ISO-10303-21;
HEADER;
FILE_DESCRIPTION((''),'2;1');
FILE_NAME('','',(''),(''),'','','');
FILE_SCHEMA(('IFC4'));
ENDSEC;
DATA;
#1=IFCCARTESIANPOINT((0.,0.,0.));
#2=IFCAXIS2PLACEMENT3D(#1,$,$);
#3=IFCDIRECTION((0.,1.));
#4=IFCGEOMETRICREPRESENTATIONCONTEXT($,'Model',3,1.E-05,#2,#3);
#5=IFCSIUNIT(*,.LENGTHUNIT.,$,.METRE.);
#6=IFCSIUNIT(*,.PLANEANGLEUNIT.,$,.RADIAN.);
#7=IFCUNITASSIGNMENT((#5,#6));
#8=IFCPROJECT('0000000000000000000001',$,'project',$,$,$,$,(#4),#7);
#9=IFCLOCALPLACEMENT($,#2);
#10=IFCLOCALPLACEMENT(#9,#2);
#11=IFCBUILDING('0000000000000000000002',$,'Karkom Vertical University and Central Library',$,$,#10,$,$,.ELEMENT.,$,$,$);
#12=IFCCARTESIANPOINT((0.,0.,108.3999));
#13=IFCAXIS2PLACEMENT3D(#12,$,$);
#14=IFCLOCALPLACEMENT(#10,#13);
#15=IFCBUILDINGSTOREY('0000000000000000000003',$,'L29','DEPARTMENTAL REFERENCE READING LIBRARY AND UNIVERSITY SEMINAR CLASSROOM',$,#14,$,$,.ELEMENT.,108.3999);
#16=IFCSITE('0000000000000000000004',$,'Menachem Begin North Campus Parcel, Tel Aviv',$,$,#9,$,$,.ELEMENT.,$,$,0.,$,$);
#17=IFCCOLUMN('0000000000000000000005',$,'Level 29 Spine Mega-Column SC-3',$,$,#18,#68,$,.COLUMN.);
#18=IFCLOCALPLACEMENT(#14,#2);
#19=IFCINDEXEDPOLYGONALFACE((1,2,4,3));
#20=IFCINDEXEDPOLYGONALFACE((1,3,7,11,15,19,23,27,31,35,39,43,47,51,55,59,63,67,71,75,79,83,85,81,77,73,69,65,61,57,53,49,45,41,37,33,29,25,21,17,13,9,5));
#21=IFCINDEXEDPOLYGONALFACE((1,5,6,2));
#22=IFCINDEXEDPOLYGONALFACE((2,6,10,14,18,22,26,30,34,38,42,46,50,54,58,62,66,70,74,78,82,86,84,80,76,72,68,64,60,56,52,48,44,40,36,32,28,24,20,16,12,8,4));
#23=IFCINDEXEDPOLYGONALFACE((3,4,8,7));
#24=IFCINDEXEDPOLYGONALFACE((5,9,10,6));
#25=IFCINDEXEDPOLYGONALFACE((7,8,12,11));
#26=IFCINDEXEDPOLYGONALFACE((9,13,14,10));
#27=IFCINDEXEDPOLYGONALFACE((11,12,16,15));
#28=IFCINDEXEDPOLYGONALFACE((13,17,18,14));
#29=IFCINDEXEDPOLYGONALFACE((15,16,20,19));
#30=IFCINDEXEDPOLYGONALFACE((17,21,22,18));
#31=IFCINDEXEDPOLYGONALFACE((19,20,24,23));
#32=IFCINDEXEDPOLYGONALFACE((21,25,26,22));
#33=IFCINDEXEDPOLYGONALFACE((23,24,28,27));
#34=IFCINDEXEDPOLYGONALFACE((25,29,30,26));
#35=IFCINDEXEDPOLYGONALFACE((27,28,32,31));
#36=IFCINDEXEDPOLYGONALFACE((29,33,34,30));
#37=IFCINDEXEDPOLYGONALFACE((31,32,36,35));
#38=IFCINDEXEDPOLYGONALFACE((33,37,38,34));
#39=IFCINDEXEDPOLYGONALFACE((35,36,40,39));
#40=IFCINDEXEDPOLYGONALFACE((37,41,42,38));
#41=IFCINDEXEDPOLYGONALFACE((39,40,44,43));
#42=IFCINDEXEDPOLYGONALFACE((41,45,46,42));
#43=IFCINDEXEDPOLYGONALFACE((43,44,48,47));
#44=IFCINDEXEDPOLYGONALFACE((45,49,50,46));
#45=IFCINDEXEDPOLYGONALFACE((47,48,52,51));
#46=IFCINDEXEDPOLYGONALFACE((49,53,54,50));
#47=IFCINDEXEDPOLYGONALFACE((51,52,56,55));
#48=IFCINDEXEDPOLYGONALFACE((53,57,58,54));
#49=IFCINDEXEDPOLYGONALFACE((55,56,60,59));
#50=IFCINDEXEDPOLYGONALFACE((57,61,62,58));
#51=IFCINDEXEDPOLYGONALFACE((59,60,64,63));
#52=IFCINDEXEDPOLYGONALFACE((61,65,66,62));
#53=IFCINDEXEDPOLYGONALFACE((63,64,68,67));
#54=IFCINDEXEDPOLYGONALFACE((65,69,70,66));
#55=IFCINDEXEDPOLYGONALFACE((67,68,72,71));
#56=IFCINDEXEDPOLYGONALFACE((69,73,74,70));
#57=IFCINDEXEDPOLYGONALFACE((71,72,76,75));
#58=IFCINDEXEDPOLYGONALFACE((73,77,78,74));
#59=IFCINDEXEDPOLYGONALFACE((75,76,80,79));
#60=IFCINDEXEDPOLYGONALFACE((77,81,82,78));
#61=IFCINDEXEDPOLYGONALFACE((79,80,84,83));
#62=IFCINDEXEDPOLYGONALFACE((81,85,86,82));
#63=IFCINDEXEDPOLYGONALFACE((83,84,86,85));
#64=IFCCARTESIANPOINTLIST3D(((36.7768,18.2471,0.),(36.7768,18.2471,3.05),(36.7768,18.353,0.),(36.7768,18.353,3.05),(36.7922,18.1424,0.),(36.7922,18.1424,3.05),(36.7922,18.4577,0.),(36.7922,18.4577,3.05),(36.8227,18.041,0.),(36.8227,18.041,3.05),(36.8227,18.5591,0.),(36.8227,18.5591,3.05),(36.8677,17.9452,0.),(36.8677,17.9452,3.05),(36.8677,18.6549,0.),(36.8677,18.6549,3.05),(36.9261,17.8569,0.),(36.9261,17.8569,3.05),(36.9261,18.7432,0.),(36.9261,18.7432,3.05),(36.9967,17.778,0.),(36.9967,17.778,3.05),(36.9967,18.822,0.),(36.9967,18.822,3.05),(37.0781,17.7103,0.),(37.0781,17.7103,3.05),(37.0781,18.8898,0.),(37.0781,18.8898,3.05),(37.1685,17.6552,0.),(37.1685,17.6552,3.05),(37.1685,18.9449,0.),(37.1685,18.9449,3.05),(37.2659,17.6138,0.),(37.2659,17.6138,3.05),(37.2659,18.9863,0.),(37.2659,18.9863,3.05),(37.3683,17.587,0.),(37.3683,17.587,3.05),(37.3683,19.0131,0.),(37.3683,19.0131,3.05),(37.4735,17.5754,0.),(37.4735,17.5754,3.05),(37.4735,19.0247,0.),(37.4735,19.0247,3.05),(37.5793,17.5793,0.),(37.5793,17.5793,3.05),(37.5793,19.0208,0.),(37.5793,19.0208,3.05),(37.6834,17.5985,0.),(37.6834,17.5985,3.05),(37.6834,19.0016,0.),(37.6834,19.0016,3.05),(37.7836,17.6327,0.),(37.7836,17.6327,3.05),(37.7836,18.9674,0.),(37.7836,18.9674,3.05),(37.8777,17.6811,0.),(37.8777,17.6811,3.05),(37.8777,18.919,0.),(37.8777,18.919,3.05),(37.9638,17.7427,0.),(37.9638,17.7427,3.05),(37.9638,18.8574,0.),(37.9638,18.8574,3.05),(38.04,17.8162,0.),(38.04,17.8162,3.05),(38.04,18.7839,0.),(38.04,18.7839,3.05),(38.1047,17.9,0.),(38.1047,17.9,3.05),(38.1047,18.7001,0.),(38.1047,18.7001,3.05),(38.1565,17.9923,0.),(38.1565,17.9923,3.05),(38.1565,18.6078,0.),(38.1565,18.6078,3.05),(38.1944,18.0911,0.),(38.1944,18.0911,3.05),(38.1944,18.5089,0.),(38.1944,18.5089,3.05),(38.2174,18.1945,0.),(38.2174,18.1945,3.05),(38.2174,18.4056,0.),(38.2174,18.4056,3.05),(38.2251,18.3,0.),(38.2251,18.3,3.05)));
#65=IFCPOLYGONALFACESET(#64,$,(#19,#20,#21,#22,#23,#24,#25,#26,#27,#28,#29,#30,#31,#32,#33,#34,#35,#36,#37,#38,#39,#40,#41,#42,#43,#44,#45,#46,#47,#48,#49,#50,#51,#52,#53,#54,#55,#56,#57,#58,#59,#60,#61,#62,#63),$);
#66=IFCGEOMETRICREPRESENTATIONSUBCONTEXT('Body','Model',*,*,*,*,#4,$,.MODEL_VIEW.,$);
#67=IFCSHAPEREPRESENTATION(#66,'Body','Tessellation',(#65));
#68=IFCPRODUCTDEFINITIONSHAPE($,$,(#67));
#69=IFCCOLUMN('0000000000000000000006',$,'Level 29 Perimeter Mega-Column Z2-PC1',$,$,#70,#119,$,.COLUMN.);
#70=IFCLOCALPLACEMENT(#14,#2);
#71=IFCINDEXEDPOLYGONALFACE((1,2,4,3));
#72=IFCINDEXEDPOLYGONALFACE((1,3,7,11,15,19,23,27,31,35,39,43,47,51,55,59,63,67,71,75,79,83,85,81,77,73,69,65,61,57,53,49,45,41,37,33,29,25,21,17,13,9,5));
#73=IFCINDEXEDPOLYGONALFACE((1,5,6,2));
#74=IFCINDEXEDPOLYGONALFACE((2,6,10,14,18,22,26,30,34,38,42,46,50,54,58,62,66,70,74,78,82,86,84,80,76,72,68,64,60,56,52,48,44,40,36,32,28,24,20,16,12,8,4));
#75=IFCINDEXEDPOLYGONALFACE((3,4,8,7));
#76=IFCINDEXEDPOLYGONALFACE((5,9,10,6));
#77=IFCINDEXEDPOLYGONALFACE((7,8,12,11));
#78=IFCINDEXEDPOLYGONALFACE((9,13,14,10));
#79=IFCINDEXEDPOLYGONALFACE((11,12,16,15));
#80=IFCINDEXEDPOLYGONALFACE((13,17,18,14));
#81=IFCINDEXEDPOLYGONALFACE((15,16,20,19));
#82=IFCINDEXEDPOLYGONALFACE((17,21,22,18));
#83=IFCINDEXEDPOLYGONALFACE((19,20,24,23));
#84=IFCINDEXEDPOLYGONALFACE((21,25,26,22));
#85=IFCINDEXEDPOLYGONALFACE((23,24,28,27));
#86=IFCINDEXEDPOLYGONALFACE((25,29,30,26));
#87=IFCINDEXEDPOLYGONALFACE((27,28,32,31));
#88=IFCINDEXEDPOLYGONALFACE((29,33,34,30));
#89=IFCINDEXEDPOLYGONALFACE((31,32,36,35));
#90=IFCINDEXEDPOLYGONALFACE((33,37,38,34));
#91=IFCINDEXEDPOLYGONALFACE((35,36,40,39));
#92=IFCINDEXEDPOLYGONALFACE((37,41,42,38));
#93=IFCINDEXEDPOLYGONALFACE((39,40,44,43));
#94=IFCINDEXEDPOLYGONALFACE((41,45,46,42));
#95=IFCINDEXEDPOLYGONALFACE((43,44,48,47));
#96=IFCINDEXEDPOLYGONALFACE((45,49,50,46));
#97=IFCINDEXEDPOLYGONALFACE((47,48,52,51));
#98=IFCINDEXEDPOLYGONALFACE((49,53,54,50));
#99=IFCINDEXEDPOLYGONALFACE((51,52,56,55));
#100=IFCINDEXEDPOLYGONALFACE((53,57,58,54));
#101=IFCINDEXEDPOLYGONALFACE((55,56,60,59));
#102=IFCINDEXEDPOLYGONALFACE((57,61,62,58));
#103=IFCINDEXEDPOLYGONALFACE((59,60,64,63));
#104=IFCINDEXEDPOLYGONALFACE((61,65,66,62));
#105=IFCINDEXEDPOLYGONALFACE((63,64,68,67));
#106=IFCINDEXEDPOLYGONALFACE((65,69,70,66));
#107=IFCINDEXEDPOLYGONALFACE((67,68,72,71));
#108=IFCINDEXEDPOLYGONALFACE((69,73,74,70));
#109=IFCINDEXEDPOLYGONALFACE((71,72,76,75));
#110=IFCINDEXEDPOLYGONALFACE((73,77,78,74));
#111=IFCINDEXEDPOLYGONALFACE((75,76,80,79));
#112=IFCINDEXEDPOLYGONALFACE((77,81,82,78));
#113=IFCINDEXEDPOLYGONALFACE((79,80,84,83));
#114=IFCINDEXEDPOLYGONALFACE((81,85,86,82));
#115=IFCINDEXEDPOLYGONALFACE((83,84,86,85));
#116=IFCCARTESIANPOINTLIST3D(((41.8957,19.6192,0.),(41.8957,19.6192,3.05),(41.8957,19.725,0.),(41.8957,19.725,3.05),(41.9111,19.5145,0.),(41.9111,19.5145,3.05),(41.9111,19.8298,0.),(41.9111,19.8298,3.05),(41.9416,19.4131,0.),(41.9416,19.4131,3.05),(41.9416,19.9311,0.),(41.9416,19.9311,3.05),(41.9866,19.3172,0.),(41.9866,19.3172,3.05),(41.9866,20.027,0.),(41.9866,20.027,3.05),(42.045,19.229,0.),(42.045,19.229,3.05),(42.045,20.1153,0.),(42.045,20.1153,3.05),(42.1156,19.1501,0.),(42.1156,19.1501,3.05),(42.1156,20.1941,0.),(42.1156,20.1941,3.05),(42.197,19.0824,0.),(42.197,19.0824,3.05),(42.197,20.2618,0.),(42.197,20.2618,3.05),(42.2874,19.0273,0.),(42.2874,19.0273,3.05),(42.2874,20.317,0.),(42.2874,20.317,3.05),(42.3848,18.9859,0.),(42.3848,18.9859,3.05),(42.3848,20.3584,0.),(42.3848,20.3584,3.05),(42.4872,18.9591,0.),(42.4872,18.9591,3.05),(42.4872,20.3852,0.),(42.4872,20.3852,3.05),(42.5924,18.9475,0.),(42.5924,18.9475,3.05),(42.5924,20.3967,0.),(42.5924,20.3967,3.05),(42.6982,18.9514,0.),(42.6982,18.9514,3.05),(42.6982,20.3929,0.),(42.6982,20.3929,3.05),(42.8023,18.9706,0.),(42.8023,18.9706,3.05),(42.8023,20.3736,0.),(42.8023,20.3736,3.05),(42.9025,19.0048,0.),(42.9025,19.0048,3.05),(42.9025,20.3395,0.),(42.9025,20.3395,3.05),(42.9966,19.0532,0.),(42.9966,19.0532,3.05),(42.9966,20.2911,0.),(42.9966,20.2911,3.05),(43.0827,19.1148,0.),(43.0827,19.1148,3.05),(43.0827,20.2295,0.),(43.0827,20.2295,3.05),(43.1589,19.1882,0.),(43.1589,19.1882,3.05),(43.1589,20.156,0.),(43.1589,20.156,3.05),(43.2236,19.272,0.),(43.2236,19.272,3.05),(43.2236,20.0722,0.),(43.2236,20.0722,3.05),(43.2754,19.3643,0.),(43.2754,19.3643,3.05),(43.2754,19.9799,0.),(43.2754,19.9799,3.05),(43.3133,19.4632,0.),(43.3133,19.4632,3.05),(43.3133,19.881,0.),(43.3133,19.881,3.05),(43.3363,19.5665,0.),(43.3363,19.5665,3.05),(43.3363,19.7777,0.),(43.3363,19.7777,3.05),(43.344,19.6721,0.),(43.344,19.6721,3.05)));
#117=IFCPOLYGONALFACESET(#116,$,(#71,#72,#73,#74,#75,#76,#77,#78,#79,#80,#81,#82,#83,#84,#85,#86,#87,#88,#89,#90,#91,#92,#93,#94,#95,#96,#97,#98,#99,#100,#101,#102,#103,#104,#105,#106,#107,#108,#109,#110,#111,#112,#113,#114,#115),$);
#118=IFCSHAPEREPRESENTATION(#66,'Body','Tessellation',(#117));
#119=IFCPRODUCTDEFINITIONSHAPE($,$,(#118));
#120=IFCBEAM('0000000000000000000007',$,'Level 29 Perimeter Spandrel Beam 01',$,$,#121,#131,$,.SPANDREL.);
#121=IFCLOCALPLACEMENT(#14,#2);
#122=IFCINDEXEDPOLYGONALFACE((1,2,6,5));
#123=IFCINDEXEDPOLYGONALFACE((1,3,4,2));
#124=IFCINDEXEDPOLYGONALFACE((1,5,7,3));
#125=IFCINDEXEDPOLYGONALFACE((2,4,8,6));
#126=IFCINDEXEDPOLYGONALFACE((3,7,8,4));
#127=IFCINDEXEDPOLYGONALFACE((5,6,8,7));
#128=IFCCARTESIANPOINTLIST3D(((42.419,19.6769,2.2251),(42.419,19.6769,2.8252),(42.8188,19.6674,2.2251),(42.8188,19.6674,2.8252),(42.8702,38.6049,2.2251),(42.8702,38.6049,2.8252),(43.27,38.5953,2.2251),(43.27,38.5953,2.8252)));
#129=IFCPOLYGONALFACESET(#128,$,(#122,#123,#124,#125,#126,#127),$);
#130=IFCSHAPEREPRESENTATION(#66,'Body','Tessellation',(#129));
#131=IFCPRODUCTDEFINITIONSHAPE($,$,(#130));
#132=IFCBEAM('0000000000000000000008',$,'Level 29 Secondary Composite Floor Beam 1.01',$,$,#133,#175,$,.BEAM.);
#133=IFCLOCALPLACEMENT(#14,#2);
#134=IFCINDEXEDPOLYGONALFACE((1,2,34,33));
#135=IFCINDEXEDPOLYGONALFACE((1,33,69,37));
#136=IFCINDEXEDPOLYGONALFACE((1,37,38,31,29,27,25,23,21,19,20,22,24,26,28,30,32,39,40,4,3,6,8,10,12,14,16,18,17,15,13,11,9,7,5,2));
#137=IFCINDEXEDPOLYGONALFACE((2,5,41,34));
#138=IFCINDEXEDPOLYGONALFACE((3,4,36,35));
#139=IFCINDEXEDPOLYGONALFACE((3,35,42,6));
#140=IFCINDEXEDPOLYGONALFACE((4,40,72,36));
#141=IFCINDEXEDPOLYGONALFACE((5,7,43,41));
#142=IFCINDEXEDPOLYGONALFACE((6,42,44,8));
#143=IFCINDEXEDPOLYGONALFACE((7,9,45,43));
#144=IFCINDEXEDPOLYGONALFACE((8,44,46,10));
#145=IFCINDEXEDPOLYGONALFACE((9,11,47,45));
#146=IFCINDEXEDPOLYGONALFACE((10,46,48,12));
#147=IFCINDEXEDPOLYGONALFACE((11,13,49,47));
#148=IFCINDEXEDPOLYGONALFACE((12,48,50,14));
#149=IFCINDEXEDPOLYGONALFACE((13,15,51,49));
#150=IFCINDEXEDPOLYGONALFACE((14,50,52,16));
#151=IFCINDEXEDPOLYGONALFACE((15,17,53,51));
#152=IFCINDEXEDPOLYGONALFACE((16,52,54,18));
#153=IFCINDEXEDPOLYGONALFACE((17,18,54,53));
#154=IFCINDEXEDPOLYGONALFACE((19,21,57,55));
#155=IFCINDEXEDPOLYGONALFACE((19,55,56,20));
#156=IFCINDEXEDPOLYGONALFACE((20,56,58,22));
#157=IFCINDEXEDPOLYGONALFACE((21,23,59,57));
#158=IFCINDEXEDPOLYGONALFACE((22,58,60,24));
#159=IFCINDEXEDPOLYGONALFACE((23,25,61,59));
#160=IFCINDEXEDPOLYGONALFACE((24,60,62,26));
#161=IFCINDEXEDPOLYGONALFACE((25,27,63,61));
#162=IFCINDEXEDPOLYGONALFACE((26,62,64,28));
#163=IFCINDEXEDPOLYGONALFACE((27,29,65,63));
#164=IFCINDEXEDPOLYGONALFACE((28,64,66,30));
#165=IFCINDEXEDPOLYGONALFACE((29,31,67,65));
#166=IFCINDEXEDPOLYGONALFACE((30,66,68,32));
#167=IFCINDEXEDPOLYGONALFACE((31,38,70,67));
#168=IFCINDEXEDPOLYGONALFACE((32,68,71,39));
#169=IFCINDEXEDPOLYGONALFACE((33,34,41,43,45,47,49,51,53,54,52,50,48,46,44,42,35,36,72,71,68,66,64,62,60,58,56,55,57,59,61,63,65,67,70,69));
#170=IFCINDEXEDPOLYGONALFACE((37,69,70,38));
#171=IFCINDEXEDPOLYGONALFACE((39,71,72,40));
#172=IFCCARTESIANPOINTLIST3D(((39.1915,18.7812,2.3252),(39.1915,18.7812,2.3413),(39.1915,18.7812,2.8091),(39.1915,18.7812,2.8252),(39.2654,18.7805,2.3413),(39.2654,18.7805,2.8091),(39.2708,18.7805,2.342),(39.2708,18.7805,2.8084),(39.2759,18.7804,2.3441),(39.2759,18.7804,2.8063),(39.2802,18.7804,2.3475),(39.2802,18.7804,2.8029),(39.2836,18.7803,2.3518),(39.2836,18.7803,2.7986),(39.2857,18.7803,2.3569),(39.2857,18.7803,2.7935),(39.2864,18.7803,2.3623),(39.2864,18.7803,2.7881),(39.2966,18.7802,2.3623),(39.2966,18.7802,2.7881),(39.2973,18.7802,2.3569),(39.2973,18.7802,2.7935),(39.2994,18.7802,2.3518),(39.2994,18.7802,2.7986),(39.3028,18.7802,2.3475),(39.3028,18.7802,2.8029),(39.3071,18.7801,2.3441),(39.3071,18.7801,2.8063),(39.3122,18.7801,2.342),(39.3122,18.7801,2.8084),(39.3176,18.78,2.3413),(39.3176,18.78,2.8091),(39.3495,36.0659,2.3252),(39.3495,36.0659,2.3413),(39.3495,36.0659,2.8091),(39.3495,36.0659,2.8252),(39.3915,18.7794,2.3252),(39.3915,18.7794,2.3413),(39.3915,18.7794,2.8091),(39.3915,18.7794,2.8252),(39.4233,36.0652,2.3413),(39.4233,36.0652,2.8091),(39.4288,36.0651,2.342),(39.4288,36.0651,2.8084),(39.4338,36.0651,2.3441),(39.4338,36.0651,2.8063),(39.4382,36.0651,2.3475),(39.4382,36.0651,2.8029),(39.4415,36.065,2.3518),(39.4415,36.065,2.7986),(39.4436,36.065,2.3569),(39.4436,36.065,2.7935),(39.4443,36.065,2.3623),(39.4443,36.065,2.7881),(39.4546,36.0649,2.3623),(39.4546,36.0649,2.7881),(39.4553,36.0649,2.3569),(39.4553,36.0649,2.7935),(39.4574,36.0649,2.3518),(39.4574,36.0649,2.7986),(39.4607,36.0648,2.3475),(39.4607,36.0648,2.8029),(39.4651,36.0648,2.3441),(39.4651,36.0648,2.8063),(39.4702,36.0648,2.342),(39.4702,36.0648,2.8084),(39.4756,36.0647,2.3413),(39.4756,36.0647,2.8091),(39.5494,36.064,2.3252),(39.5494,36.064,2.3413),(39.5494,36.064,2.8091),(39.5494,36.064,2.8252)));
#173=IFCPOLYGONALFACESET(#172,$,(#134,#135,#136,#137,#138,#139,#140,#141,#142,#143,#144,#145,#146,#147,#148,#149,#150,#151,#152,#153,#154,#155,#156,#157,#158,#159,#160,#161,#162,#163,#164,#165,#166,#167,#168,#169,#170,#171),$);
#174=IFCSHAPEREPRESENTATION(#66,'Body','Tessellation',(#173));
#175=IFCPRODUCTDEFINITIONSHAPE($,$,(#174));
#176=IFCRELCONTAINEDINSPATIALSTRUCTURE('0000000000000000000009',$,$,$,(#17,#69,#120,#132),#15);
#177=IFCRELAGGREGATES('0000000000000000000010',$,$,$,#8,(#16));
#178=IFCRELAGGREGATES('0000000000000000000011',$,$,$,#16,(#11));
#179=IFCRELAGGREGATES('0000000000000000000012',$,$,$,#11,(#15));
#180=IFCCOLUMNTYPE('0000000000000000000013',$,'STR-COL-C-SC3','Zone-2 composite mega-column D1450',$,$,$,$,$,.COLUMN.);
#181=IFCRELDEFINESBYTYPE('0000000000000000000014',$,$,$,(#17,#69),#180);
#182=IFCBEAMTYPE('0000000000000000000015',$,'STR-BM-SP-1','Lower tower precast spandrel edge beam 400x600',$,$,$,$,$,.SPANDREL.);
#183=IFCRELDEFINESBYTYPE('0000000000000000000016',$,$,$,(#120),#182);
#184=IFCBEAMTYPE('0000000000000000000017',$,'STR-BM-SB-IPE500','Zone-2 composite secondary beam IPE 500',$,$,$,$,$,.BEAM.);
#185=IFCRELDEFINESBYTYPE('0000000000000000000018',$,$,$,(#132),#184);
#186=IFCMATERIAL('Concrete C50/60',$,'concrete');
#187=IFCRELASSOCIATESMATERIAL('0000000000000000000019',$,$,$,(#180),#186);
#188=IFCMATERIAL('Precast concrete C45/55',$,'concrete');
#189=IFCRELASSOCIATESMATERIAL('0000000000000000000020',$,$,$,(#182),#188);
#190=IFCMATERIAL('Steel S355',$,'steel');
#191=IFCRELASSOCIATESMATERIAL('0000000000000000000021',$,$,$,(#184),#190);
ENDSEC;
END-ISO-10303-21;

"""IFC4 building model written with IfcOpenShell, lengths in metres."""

from ifc_helpers import new_model, si_unit, direction, frame, origin, origin_with_axes, origin_2d, place, context, subcontext, project, spatial, rectangle, circle, i_section, extrude, source, transform, mapped, material, material_profile, profile_set, type_object, element, save


model = new_model("IFC4")

# Units and contexts
model_context = context("Model", 3, precision=1e-05, world=origin(), true_north=direction((0.0, 1.0)))
body_context = subcontext(model_context, "Body", "Model", "MODEL_VIEW")
ifc_project = project(units=[si_unit("LENGTHUNIT", "METRE"), si_unit("PLANEANGLEUNIT", "RADIAN")], contexts=[model_context])

# Site, building, storey
site_placement = place(None, origin())
site = spatial("IfcSite", under=ifc_project, at=site_placement, Name="Menachem Begin North Campus Parcel, Tel Aviv", CompositionType="ELEMENT", RefElevation=0.0)
building_placement = place(site_placement, origin())
building = spatial("IfcBuilding", under=site, at=building_placement, Name="Karkom Vertical University and Central Library", CompositionType="ELEMENT")
storey_placement = place(building_placement, frame((0.0, 0.0, 108.3999)))
storey = spatial("IfcBuildingStorey", under=building, at=storey_placement, Name="L29", Description="DEPARTMENTAL REFERENCE READING LIBRARY AND UNIVERSITY SEMINAR CLASSROOM", CompositionType="ELEMENT", Elevation=108.3999)

# Columns
ifc_material_1 = material(Name="Concrete C50/60", Category="concrete")
ifc_material_profile_1 = material_profile(ifc_material_1, circle(Radius=0.7251, at=origin_2d()), Name="CFT-D1450")
ifc_profile_set_1 = profile_set([ifc_material_profile_1], Name="Concrete C50/60")
column_type = type_object("IfcColumnType", Name="STR-COL-C-SC3", Description="Zone-2 composite mega-column D1450", PredefinedType="COLUMN", material=ifc_profile_set_1)
shared_shape_1 = source(origin_with_axes(), body_context, "Body", "SweptSolid", [
    extrude(circle(Radius=0.7251, at=origin_2d()), origin(), (0.0, 0.0, 1.0), 3.05),
])
for number, where, z_axis, x_axis, name in (
    (1, (37.5, 18.3, 0.0), (0.0, 0.0, 1.0), (1.0, 0.0, 0.0), "Level 29 Spine Mega-Column SC-3"),
    (2, (42.6189, 19.6721, 0.0), (0.0, 0.0, 1.0), (1.0, 0.0, 0.0), "Level 29 Perimeter Mega-Column Z2-PC1"),
):
    element("IfcColumn", number, at=place(storey_placement, frame(where, z_axis=z_axis, x_axis=x_axis)), inside=storey, type_object=column_type, Name=name, PredefinedType="COLUMN", context=body_context, shape_type="MappedRepresentation", body=[
        mapped(shared_shape_1, transform((0.0, 0.0, 0.0), scale=1.0)),
    ])

# Beams
ifc_material_2 = material(Name="Precast concrete C45/55", Category="concrete")
ifc_material_profile_2 = material_profile(ifc_material_2, rectangle(XDim=0.3999, YDim=0.6001, at=origin_2d()), Name="SPB-400x600")
ifc_profile_set_2 = profile_set([ifc_material_profile_2], Name="Precast concrete C45/55")
beam_type_1 = type_object("IfcBeamType", Name="STR-BM-SP-1", Description="Lower tower precast spandrel edge beam 400x600", PredefinedType="SPANDREL", material=ifc_profile_set_2)
shared_shape_2 = source(origin_with_axes(), body_context, "Body", "SweptSolid", [
    extrude(rectangle(XDim=0.3999, YDim=0.6001, at=origin_2d()), origin(), (0.0, 0.0, 1.0), 18.9333),
])
beam_1_placement = place(storey_placement, frame((42.6189, 19.6721, 2.5251), z_axis=(0.023829, 0.999716, 0.0), x_axis=(-0.999716, 0.023829, 0.0)))
element("IfcBeam", 3, at=beam_1_placement, inside=storey, type_object=beam_type_1, Name="Level 29 Perimeter Spandrel Beam 01", PredefinedType="SPANDREL", context=body_context, shape_type="MappedRepresentation", body=[
    mapped(shared_shape_2, transform((0.0, 0.0, 0.0), scale=1.0)),
])
ifc_material_3 = material(Name="Steel S355", Category="steel")
ifc_material_profile_3 = material_profile(ifc_material_3, i_section(OverallWidth=0.2, OverallDepth=0.5, WebThickness=0.0103, FlangeThickness=0.0161, FilletRadius=0.021, at=origin_2d()), Name="IPE 500")
ifc_profile_set_3 = profile_set([ifc_material_profile_3], Name="Steel S355")
beam_type_2 = type_object("IfcBeamType", Name="STR-BM-SB-IPE500", Description="Zone-2 composite secondary beam IPE 500", PredefinedType="BEAM", material=ifc_profile_set_3)
shared_shape_3 = source(origin_with_axes(), body_context, "Body", "SweptSolid", [
    extrude(i_section(OverallWidth=0.2, OverallDepth=0.5, WebThickness=0.0103, FlangeThickness=0.0161, FilletRadius=0.021, at=origin_2d()), origin(), (0.0, 0.0, 1.0), 17.2854),
])
beam_2_placement = place(storey_placement, frame((39.2915, 18.7803, 2.5752), z_axis=(0.009138, 0.999958, 0.0), x_axis=(-0.999958, 0.009138, 0.0)))
element("IfcBeam", 4, at=beam_2_placement, inside=storey, type_object=beam_type_2, Name="Level 29 Secondary Composite Floor Beam 1.01", PredefinedType="BEAM", context=body_context, shape_type="MappedRepresentation", body=[
    mapped(shared_shape_3, transform((0.0, 0.0, 0.0), scale=1.0)),
])

save(model, "model.ifc")
